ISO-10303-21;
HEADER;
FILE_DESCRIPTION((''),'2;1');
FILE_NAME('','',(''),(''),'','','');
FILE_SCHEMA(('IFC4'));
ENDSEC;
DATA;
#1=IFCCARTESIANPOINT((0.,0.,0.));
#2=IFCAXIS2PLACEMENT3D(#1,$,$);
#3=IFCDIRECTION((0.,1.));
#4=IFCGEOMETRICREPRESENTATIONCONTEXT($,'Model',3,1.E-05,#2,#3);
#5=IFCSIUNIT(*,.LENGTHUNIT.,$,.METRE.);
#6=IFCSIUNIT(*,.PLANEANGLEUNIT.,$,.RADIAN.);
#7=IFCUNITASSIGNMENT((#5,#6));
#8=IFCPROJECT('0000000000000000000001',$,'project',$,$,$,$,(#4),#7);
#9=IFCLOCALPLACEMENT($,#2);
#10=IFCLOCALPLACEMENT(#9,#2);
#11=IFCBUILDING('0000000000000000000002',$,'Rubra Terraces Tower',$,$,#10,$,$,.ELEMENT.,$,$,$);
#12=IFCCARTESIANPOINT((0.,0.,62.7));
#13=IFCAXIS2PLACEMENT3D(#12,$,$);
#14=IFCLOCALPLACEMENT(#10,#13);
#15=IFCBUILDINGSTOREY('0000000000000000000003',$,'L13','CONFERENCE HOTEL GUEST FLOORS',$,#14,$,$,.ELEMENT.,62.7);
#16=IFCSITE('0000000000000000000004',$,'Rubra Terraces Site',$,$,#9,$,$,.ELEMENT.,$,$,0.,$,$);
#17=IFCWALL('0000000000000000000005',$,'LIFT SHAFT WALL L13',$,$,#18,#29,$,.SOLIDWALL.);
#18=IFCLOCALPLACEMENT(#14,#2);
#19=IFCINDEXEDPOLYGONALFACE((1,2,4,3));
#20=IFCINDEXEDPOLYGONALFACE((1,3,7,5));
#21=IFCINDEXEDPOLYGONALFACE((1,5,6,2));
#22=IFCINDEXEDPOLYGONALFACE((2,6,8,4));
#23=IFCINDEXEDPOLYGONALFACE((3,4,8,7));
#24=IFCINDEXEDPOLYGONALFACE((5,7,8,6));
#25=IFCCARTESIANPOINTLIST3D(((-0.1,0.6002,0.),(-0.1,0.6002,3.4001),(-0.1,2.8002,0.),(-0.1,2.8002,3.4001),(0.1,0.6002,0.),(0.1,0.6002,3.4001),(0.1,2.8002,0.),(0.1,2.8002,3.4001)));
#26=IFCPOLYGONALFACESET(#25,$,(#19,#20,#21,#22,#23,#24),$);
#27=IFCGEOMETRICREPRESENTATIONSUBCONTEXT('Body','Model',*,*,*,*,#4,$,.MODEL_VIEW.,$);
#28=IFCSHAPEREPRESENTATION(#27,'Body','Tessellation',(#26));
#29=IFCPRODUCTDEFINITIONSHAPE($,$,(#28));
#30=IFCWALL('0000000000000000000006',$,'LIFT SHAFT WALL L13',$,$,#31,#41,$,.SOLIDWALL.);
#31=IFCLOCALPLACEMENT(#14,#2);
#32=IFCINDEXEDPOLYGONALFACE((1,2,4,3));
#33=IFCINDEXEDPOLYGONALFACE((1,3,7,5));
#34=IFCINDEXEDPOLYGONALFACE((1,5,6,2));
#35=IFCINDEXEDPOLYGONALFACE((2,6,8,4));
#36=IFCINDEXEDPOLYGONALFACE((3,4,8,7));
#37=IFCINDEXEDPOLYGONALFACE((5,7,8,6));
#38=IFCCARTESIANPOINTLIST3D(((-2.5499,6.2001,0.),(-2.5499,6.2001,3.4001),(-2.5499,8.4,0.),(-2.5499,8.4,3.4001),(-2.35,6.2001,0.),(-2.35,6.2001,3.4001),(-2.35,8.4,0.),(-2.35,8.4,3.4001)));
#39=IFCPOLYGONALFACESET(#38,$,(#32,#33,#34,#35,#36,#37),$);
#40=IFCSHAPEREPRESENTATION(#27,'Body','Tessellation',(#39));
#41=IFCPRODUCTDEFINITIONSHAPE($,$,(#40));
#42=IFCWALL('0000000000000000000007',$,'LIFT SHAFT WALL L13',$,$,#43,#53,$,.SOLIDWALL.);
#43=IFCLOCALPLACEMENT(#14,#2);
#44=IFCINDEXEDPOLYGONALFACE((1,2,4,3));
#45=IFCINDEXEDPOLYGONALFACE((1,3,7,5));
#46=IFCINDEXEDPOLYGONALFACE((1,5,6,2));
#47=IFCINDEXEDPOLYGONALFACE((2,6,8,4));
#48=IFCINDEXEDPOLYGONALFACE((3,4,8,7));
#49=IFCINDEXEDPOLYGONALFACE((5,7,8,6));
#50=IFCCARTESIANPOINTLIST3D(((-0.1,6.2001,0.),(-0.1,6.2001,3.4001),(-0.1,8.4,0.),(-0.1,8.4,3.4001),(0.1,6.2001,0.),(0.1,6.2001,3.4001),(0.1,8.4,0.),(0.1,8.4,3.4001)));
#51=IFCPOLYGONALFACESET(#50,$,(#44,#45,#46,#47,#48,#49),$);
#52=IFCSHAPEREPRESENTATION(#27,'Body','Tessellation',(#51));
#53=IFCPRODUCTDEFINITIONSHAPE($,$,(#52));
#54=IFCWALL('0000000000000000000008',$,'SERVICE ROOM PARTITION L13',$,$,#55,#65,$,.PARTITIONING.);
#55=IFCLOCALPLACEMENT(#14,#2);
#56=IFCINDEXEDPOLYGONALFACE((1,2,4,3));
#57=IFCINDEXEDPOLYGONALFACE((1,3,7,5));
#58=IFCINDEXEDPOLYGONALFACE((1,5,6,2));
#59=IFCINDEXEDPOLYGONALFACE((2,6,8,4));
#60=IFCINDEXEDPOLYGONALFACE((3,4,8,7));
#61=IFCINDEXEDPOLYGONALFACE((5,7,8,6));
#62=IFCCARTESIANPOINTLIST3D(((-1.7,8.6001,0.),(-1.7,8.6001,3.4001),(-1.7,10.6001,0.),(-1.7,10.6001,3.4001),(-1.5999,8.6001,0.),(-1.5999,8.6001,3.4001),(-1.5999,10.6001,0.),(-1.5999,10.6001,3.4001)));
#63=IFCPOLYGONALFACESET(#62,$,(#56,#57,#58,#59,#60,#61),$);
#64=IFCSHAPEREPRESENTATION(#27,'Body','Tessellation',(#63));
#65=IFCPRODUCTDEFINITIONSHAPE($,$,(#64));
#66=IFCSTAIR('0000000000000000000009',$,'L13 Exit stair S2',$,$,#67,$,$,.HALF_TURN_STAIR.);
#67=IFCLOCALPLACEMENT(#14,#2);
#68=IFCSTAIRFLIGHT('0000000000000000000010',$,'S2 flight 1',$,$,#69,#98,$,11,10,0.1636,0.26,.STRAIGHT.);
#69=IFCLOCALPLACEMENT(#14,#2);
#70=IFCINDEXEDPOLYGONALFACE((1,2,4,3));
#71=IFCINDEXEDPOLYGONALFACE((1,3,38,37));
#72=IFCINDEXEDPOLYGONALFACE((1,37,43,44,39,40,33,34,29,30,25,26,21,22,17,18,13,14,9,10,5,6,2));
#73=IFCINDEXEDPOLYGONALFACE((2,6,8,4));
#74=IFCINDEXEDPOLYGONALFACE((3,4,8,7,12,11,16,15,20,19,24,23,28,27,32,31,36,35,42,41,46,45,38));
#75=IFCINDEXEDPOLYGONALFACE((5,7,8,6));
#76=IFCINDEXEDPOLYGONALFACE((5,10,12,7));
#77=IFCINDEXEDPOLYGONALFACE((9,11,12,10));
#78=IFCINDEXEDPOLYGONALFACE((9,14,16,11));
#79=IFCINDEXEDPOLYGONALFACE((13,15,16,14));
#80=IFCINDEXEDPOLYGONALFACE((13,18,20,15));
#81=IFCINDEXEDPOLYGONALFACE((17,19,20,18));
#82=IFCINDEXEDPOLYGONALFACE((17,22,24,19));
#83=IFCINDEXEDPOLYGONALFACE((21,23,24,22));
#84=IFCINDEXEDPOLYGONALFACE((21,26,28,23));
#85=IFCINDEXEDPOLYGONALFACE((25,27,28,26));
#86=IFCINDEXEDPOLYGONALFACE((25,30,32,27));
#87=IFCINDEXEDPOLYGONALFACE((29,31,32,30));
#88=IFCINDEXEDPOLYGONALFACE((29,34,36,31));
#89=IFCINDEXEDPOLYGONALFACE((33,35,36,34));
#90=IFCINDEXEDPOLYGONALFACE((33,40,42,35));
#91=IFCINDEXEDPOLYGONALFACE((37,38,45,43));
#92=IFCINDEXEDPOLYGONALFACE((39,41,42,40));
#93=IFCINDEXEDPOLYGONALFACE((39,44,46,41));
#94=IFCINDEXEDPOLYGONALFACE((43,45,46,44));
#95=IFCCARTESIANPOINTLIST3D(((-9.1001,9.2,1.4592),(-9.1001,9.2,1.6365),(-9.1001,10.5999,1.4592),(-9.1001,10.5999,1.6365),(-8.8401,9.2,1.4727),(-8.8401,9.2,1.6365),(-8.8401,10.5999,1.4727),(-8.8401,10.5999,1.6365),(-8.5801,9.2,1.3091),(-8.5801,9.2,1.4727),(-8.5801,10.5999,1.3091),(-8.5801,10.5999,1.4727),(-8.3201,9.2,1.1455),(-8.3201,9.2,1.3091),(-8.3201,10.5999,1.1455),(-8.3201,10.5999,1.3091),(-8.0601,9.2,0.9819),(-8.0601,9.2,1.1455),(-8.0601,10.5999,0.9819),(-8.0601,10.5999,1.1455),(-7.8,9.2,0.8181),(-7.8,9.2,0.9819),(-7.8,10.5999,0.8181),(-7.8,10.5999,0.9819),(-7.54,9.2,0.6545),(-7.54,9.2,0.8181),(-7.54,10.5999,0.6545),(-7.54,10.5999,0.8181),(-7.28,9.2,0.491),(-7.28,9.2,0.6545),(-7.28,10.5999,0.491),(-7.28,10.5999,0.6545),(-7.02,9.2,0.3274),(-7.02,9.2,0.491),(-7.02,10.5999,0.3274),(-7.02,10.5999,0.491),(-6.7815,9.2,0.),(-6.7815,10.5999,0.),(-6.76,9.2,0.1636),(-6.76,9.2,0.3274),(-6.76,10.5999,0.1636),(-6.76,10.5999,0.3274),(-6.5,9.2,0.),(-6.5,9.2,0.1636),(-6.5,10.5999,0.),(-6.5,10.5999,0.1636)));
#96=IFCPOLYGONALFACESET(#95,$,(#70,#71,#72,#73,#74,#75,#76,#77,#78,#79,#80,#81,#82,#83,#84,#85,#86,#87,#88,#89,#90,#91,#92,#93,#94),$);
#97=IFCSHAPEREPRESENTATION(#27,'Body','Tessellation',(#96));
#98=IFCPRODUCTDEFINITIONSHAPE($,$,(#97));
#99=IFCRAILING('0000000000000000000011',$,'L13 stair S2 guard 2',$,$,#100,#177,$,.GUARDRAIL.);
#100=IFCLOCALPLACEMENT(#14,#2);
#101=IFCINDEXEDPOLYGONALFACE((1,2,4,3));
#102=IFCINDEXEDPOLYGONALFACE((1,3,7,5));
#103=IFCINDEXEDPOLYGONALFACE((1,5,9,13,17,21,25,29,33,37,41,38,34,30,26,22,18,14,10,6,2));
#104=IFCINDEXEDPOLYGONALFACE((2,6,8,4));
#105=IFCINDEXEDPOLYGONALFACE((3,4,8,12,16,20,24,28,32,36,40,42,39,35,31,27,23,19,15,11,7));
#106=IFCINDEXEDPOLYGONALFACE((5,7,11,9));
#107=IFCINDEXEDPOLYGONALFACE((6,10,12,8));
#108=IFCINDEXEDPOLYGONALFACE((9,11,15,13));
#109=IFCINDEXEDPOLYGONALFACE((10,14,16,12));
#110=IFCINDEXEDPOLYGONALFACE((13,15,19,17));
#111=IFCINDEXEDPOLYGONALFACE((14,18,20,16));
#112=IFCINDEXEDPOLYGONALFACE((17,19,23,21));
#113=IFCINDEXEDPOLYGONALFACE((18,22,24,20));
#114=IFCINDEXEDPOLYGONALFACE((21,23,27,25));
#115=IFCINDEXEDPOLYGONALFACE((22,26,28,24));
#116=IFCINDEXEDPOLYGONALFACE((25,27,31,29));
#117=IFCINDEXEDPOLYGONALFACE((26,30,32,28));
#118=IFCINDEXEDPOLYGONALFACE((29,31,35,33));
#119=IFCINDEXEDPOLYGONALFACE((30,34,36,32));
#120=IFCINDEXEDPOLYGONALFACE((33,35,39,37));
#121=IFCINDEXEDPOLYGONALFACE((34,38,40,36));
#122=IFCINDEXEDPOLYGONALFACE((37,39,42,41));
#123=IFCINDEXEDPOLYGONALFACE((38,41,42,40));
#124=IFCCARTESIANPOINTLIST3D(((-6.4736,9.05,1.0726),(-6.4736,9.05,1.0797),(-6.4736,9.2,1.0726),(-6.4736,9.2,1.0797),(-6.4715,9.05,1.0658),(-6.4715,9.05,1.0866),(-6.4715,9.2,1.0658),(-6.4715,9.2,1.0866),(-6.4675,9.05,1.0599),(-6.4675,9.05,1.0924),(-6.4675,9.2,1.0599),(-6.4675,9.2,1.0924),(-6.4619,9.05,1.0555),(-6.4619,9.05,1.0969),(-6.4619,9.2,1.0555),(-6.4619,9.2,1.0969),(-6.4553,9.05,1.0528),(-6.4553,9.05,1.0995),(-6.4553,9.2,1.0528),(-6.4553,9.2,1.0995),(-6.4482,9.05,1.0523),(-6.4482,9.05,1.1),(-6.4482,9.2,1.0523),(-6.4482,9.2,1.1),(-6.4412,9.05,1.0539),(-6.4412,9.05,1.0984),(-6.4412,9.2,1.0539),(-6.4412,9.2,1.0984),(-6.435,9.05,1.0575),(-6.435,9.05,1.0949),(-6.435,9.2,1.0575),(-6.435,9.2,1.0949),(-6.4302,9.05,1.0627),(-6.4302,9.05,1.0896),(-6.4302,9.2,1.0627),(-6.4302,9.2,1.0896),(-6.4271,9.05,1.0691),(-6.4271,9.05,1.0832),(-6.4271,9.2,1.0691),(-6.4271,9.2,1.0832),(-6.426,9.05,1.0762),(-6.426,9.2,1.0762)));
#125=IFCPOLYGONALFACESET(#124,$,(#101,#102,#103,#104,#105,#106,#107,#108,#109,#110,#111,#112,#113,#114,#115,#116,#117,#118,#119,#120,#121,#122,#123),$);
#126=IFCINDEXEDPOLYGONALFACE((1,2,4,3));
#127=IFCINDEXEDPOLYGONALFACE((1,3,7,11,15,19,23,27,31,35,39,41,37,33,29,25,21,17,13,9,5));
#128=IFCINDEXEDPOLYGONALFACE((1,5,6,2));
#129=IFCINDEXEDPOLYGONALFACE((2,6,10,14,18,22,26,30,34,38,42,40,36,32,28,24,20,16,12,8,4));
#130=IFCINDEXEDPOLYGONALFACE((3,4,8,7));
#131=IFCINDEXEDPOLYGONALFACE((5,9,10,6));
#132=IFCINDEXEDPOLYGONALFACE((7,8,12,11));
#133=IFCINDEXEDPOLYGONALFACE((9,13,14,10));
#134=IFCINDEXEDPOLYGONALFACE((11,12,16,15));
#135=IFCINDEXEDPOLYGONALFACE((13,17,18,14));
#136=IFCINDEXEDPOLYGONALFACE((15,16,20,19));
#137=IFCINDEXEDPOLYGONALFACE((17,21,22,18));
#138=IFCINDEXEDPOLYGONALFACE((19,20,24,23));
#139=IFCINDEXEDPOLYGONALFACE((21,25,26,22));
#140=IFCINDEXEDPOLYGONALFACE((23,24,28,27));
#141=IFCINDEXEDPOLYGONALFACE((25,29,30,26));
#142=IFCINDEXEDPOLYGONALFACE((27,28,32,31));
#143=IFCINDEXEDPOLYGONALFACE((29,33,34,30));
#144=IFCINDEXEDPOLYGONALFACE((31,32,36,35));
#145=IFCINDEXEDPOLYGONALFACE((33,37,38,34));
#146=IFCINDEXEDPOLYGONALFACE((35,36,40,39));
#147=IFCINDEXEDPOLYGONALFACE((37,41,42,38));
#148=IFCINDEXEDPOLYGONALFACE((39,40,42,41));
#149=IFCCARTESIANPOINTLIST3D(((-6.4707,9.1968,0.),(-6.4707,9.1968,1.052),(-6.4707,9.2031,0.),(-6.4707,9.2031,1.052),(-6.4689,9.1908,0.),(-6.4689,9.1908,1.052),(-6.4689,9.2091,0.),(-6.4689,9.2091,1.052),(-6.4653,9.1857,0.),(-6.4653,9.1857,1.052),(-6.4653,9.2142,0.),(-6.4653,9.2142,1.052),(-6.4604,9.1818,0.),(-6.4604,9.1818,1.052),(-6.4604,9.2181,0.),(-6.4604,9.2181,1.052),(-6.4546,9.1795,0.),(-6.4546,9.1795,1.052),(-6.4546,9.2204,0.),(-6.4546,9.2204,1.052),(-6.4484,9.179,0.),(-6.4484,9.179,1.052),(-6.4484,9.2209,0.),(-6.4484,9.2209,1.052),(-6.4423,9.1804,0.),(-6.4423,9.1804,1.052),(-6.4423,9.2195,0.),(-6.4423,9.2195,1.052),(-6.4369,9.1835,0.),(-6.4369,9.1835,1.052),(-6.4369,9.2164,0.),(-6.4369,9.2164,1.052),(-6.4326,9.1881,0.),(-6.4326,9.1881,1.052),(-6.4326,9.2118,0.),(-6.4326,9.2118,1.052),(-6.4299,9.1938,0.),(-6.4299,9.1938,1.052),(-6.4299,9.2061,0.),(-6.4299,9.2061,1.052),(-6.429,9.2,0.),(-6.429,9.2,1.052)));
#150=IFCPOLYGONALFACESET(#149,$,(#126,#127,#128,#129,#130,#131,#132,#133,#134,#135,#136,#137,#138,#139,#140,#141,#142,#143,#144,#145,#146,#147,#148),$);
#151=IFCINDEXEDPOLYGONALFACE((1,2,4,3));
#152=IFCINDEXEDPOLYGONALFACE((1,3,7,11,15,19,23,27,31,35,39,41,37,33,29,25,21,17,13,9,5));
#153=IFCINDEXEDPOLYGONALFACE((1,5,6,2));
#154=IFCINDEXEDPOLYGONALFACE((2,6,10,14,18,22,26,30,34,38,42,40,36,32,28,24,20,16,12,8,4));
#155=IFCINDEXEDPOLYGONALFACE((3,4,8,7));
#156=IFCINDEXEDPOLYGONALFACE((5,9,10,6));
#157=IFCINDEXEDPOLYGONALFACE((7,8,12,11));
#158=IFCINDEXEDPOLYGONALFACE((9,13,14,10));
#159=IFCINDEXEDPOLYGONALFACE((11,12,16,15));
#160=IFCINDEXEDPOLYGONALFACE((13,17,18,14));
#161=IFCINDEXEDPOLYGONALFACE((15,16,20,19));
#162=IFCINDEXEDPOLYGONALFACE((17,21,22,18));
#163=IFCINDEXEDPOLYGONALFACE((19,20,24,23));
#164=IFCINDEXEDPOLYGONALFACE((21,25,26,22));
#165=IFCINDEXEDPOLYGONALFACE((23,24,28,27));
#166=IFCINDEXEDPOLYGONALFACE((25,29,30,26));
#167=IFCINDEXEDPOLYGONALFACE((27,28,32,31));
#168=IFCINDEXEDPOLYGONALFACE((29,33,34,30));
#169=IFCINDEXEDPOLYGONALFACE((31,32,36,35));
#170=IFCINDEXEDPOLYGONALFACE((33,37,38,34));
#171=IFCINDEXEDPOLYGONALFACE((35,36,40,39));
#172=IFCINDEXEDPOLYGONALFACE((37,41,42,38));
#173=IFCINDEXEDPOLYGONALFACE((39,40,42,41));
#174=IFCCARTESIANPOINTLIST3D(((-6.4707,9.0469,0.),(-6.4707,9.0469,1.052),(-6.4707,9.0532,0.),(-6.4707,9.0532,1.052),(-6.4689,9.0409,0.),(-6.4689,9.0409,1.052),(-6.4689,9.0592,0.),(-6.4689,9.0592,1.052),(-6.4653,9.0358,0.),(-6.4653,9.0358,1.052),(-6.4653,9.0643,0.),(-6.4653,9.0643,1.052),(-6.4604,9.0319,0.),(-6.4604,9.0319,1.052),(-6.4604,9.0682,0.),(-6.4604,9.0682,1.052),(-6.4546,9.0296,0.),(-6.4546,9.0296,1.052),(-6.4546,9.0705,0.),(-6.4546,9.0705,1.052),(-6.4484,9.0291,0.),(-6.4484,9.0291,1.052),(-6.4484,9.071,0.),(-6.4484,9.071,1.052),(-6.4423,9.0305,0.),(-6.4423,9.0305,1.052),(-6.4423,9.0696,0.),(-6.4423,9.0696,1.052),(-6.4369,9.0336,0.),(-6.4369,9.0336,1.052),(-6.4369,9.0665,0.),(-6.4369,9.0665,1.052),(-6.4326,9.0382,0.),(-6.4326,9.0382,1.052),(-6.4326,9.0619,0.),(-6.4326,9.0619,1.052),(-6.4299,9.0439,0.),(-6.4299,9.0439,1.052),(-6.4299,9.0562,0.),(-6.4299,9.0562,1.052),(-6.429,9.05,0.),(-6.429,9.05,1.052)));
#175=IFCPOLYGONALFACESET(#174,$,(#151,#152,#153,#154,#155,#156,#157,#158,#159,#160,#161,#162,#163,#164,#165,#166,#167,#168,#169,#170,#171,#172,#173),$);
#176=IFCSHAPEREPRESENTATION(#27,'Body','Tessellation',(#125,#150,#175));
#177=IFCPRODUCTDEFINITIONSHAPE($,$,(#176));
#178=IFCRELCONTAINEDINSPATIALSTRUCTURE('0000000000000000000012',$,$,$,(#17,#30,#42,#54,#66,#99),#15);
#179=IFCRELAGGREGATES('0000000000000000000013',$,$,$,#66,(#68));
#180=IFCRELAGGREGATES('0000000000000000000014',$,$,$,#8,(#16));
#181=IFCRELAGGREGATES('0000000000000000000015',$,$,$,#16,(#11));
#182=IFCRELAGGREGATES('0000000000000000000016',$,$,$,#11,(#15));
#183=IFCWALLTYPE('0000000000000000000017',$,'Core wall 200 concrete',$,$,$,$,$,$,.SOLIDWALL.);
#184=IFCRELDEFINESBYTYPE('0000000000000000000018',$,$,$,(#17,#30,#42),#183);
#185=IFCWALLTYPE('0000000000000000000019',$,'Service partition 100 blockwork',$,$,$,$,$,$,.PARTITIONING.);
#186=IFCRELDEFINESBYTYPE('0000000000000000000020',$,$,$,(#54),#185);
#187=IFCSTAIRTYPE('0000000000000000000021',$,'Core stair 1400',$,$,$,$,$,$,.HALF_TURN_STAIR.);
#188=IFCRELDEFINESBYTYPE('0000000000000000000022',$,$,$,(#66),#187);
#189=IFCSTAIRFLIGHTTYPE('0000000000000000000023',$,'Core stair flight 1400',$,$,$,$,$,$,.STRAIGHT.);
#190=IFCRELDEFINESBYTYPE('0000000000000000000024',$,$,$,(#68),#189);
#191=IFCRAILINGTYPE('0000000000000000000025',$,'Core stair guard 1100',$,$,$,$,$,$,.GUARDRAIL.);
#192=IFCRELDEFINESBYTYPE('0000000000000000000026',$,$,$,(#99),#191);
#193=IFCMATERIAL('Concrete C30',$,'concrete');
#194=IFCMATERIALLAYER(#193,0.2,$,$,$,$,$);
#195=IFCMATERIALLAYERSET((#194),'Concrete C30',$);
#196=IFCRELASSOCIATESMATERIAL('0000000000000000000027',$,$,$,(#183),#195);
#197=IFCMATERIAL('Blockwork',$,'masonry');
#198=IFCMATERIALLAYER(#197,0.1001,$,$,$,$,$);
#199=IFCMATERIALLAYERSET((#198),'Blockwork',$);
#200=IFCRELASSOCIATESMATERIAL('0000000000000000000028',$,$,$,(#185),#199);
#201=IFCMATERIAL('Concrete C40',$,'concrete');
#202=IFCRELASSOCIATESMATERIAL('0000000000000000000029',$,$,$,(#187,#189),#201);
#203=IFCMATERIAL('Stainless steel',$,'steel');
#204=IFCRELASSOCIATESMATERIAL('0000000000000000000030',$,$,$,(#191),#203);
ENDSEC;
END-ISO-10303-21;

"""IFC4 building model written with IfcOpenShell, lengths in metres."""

from ifc_helpers import new_model, si_unit, direction, frame, frame_2d, origin, origin_2d, place, context, subcontext, project, spatial, polyline, rectangle, circle, outline, extrude, material, layer, layer_set, type_object, element, aggregate, save


model = new_model("IFC4")

# Units and contexts
model_context = context("Model", 3, precision=1e-05, world=origin(), true_north=direction((0.0, 1.0)))
body_context = subcontext(model_context, "Body", "Model", "MODEL_VIEW")
ifc_project = project(units=[si_unit("LENGTHUNIT", "METRE"), si_unit("PLANEANGLEUNIT", "RADIAN")], contexts=[model_context])

# Site, building, storey
site_placement = place(None, origin())
site = spatial("IfcSite", under=ifc_project, at=site_placement, Name="Rubra Terraces Site", CompositionType="ELEMENT", RefElevation=0.0)
building_placement = place(site_placement, origin())
building = spatial("IfcBuilding", under=site, at=building_placement, Name="Rubra Terraces Tower", CompositionType="ELEMENT")
storey_placement = place(building_placement, frame((0.0, 0.0, 62.7)))
storey = spatial("IfcBuildingStorey", under=building, at=storey_placement, Name="L13", Description="CONFERENCE HOTEL GUEST FLOORS", CompositionType="ELEMENT", Elevation=62.7)

# Shared definitions
ifc_material_1 = material(Name="Concrete C30", Category="concrete")
ifc_layer_1 = layer(ifc_material_1, 0.2)
ifc_layer_set_1 = layer_set([ifc_layer_1], Name="Concrete C30")
wall_type_1 = type_object("IfcWallType", Name="Core wall 200 concrete", PredefinedType="SOLIDWALL", material=ifc_layer_set_1)

# Shared definitions
ifc_material_2 = material(Name="Stainless steel", Category="steel")

# Walls
for number, where, z_axis, x_axis, name in (
    (1, (0.0, 0.6001, 0.0), (0.0, 0.0, 1.0), (0.0, 1.0, 0.0), "LIFT SHAFT WALL L13"),
    (2, (-2.45, 6.2, 0.0), (0.0, 0.0, 1.0), (0.0, 1.0, 0.0), "LIFT SHAFT WALL L13"),
    (3, (0.0, 6.2, 0.0), (0.0, 0.0, 1.0), (0.0, 1.0, 0.0), "LIFT SHAFT WALL L13"),
):
    element("IfcWall", number, at=place(storey_placement, frame(where, z_axis=z_axis, x_axis=x_axis)), inside=storey, type_object=wall_type_1, Name=name, PredefinedType="SOLIDWALL", context=body_context, shape_type="SweptSolid", body=[
        extrude(rectangle(XDim=2.2, YDim=0.2, at=frame_2d((1.1001, 0.0))), origin(), (0.0, 0.0, 1.0), 3.4001),
    ])
ifc_material_3 = material(Name="Blockwork", Category="masonry")
ifc_layer_2 = layer(ifc_material_3, 0.1001)
ifc_layer_set_2 = layer_set([ifc_layer_2], Name="Blockwork")
wall_type_2 = type_object("IfcWallType", Name="Service partition 100 blockwork", PredefinedType="PARTITIONING", material=ifc_layer_set_2)
wall_1_placement = place(storey_placement, frame((-1.6499, 8.6001, 0.0), z_axis=(0.0, 0.0, 1.0), x_axis=(0.0, 1.0, 0.0)))
element("IfcWall", 4, at=wall_1_placement, inside=storey, type_object=wall_type_2, Name="SERVICE ROOM PARTITION L13", PredefinedType="PARTITIONING", context=body_context, shape_type="SweptSolid", body=[
    extrude(rectangle(XDim=2.0, YDim=0.1001, at=frame_2d((1.0, 0.0))), origin(), (0.0, 0.0, 1.0), 3.4001),
])

# Stair, stair flight
ifc_material_4 = material(Name="Concrete C40", Category="concrete")
stair_type = type_object("IfcStairType", Name="Core stair 1400", PredefinedType="HALF_TURN_STAIR", material=ifc_material_4)
stair_placement = place(storey_placement, origin())
stair = element("IfcStair", 5, at=stair_placement, inside=storey, type_object=stair_type, Name="L13 Exit stair S2", PredefinedType="HALF_TURN_STAIR")
stair_flight_type = type_object("IfcStairFlightType", Name="Core stair flight 1400", PredefinedType="STRAIGHT", material=ifc_material_4)
stair_flight_placement = place(storey_placement, frame((-6.5, 9.8999, 0.0), z_axis=(0.0, 0.0, 1.0), x_axis=(-1.0, 0.0, 0.0)))
stair_flight = element("IfcStairFlight", 6, at=stair_flight_placement, type_object=stair_flight_type, Name="S2 flight 1", NumberOfRisers=11, NumberOfTreads=10, PredefinedType="STRAIGHT", RiserHeight=0.1636, TreadLength=0.26, context=body_context, shape_type="SweptSolid", body=[
    extrude(outline(polyline([(0.0, 0.0), (0.0, 0.1636), (0.26, 0.1636), (0.26, 0.3274), (0.52, 0.3274), (0.52, 0.491), (0.78, 0.491), (0.78, 0.6545), (1.04, 0.6545), (1.04, 0.8181), (1.3, 0.8181), (1.3, 0.9819), (1.5601, 0.9819), (1.5601, 1.1455), (1.8201, 1.1455), (1.8201, 1.3091), (2.0801, 1.3091), (2.0801, 1.4727), (2.3401, 1.4727), (2.3401, 1.6365), (2.6001, 1.6365), (2.6001, 1.8), (2.6001, 1.4592), (0.2815, 0.0), (0.0, 0.0)])), frame((0.0, 0.7, 0.0), z_axis=(0.0, -1.0, 0.0), x_axis=(1.0, 0.0, 0.0)), (0.0, 0.0, 1.0), 1.3999),
])
aggregate(stair, [stair_flight])

# Railing
railing_type_1 = type_object("IfcRailingType", Name="Core stair guard 1100", PredefinedType="GUARDRAIL", material=ifc_material_2)
railing_1_placement = place(storey_placement, frame((-6.45, 9.2, 0.0)))
element("IfcRailing", 7, at=railing_1_placement, inside=storey, type_object=railing_type_1, Name="L13 stair S2 guard 2", PredefinedType="GUARDRAIL", context=body_context, shape_type="SweptSolid", body=[
    extrude(circle(Radius=0.0239, at=origin_2d()), frame((0.0, 0.0, 1.0762), z_axis=(0.0, -1.0, 0.0), x_axis=(1.0, 0.0, 0.0)), (0.0, 0.0, 1.0), 0.1499),
    extrude(circle(Radius=0.021, at=origin_2d()), origin(), (0.0, 0.0, 1.0), 1.052),
    extrude(circle(Radius=0.021, at=origin_2d()), frame((0.0, -0.1499, 0.0)), (0.0, 0.0, 1.0), 1.052),
])

save(model, "model.ifc")
